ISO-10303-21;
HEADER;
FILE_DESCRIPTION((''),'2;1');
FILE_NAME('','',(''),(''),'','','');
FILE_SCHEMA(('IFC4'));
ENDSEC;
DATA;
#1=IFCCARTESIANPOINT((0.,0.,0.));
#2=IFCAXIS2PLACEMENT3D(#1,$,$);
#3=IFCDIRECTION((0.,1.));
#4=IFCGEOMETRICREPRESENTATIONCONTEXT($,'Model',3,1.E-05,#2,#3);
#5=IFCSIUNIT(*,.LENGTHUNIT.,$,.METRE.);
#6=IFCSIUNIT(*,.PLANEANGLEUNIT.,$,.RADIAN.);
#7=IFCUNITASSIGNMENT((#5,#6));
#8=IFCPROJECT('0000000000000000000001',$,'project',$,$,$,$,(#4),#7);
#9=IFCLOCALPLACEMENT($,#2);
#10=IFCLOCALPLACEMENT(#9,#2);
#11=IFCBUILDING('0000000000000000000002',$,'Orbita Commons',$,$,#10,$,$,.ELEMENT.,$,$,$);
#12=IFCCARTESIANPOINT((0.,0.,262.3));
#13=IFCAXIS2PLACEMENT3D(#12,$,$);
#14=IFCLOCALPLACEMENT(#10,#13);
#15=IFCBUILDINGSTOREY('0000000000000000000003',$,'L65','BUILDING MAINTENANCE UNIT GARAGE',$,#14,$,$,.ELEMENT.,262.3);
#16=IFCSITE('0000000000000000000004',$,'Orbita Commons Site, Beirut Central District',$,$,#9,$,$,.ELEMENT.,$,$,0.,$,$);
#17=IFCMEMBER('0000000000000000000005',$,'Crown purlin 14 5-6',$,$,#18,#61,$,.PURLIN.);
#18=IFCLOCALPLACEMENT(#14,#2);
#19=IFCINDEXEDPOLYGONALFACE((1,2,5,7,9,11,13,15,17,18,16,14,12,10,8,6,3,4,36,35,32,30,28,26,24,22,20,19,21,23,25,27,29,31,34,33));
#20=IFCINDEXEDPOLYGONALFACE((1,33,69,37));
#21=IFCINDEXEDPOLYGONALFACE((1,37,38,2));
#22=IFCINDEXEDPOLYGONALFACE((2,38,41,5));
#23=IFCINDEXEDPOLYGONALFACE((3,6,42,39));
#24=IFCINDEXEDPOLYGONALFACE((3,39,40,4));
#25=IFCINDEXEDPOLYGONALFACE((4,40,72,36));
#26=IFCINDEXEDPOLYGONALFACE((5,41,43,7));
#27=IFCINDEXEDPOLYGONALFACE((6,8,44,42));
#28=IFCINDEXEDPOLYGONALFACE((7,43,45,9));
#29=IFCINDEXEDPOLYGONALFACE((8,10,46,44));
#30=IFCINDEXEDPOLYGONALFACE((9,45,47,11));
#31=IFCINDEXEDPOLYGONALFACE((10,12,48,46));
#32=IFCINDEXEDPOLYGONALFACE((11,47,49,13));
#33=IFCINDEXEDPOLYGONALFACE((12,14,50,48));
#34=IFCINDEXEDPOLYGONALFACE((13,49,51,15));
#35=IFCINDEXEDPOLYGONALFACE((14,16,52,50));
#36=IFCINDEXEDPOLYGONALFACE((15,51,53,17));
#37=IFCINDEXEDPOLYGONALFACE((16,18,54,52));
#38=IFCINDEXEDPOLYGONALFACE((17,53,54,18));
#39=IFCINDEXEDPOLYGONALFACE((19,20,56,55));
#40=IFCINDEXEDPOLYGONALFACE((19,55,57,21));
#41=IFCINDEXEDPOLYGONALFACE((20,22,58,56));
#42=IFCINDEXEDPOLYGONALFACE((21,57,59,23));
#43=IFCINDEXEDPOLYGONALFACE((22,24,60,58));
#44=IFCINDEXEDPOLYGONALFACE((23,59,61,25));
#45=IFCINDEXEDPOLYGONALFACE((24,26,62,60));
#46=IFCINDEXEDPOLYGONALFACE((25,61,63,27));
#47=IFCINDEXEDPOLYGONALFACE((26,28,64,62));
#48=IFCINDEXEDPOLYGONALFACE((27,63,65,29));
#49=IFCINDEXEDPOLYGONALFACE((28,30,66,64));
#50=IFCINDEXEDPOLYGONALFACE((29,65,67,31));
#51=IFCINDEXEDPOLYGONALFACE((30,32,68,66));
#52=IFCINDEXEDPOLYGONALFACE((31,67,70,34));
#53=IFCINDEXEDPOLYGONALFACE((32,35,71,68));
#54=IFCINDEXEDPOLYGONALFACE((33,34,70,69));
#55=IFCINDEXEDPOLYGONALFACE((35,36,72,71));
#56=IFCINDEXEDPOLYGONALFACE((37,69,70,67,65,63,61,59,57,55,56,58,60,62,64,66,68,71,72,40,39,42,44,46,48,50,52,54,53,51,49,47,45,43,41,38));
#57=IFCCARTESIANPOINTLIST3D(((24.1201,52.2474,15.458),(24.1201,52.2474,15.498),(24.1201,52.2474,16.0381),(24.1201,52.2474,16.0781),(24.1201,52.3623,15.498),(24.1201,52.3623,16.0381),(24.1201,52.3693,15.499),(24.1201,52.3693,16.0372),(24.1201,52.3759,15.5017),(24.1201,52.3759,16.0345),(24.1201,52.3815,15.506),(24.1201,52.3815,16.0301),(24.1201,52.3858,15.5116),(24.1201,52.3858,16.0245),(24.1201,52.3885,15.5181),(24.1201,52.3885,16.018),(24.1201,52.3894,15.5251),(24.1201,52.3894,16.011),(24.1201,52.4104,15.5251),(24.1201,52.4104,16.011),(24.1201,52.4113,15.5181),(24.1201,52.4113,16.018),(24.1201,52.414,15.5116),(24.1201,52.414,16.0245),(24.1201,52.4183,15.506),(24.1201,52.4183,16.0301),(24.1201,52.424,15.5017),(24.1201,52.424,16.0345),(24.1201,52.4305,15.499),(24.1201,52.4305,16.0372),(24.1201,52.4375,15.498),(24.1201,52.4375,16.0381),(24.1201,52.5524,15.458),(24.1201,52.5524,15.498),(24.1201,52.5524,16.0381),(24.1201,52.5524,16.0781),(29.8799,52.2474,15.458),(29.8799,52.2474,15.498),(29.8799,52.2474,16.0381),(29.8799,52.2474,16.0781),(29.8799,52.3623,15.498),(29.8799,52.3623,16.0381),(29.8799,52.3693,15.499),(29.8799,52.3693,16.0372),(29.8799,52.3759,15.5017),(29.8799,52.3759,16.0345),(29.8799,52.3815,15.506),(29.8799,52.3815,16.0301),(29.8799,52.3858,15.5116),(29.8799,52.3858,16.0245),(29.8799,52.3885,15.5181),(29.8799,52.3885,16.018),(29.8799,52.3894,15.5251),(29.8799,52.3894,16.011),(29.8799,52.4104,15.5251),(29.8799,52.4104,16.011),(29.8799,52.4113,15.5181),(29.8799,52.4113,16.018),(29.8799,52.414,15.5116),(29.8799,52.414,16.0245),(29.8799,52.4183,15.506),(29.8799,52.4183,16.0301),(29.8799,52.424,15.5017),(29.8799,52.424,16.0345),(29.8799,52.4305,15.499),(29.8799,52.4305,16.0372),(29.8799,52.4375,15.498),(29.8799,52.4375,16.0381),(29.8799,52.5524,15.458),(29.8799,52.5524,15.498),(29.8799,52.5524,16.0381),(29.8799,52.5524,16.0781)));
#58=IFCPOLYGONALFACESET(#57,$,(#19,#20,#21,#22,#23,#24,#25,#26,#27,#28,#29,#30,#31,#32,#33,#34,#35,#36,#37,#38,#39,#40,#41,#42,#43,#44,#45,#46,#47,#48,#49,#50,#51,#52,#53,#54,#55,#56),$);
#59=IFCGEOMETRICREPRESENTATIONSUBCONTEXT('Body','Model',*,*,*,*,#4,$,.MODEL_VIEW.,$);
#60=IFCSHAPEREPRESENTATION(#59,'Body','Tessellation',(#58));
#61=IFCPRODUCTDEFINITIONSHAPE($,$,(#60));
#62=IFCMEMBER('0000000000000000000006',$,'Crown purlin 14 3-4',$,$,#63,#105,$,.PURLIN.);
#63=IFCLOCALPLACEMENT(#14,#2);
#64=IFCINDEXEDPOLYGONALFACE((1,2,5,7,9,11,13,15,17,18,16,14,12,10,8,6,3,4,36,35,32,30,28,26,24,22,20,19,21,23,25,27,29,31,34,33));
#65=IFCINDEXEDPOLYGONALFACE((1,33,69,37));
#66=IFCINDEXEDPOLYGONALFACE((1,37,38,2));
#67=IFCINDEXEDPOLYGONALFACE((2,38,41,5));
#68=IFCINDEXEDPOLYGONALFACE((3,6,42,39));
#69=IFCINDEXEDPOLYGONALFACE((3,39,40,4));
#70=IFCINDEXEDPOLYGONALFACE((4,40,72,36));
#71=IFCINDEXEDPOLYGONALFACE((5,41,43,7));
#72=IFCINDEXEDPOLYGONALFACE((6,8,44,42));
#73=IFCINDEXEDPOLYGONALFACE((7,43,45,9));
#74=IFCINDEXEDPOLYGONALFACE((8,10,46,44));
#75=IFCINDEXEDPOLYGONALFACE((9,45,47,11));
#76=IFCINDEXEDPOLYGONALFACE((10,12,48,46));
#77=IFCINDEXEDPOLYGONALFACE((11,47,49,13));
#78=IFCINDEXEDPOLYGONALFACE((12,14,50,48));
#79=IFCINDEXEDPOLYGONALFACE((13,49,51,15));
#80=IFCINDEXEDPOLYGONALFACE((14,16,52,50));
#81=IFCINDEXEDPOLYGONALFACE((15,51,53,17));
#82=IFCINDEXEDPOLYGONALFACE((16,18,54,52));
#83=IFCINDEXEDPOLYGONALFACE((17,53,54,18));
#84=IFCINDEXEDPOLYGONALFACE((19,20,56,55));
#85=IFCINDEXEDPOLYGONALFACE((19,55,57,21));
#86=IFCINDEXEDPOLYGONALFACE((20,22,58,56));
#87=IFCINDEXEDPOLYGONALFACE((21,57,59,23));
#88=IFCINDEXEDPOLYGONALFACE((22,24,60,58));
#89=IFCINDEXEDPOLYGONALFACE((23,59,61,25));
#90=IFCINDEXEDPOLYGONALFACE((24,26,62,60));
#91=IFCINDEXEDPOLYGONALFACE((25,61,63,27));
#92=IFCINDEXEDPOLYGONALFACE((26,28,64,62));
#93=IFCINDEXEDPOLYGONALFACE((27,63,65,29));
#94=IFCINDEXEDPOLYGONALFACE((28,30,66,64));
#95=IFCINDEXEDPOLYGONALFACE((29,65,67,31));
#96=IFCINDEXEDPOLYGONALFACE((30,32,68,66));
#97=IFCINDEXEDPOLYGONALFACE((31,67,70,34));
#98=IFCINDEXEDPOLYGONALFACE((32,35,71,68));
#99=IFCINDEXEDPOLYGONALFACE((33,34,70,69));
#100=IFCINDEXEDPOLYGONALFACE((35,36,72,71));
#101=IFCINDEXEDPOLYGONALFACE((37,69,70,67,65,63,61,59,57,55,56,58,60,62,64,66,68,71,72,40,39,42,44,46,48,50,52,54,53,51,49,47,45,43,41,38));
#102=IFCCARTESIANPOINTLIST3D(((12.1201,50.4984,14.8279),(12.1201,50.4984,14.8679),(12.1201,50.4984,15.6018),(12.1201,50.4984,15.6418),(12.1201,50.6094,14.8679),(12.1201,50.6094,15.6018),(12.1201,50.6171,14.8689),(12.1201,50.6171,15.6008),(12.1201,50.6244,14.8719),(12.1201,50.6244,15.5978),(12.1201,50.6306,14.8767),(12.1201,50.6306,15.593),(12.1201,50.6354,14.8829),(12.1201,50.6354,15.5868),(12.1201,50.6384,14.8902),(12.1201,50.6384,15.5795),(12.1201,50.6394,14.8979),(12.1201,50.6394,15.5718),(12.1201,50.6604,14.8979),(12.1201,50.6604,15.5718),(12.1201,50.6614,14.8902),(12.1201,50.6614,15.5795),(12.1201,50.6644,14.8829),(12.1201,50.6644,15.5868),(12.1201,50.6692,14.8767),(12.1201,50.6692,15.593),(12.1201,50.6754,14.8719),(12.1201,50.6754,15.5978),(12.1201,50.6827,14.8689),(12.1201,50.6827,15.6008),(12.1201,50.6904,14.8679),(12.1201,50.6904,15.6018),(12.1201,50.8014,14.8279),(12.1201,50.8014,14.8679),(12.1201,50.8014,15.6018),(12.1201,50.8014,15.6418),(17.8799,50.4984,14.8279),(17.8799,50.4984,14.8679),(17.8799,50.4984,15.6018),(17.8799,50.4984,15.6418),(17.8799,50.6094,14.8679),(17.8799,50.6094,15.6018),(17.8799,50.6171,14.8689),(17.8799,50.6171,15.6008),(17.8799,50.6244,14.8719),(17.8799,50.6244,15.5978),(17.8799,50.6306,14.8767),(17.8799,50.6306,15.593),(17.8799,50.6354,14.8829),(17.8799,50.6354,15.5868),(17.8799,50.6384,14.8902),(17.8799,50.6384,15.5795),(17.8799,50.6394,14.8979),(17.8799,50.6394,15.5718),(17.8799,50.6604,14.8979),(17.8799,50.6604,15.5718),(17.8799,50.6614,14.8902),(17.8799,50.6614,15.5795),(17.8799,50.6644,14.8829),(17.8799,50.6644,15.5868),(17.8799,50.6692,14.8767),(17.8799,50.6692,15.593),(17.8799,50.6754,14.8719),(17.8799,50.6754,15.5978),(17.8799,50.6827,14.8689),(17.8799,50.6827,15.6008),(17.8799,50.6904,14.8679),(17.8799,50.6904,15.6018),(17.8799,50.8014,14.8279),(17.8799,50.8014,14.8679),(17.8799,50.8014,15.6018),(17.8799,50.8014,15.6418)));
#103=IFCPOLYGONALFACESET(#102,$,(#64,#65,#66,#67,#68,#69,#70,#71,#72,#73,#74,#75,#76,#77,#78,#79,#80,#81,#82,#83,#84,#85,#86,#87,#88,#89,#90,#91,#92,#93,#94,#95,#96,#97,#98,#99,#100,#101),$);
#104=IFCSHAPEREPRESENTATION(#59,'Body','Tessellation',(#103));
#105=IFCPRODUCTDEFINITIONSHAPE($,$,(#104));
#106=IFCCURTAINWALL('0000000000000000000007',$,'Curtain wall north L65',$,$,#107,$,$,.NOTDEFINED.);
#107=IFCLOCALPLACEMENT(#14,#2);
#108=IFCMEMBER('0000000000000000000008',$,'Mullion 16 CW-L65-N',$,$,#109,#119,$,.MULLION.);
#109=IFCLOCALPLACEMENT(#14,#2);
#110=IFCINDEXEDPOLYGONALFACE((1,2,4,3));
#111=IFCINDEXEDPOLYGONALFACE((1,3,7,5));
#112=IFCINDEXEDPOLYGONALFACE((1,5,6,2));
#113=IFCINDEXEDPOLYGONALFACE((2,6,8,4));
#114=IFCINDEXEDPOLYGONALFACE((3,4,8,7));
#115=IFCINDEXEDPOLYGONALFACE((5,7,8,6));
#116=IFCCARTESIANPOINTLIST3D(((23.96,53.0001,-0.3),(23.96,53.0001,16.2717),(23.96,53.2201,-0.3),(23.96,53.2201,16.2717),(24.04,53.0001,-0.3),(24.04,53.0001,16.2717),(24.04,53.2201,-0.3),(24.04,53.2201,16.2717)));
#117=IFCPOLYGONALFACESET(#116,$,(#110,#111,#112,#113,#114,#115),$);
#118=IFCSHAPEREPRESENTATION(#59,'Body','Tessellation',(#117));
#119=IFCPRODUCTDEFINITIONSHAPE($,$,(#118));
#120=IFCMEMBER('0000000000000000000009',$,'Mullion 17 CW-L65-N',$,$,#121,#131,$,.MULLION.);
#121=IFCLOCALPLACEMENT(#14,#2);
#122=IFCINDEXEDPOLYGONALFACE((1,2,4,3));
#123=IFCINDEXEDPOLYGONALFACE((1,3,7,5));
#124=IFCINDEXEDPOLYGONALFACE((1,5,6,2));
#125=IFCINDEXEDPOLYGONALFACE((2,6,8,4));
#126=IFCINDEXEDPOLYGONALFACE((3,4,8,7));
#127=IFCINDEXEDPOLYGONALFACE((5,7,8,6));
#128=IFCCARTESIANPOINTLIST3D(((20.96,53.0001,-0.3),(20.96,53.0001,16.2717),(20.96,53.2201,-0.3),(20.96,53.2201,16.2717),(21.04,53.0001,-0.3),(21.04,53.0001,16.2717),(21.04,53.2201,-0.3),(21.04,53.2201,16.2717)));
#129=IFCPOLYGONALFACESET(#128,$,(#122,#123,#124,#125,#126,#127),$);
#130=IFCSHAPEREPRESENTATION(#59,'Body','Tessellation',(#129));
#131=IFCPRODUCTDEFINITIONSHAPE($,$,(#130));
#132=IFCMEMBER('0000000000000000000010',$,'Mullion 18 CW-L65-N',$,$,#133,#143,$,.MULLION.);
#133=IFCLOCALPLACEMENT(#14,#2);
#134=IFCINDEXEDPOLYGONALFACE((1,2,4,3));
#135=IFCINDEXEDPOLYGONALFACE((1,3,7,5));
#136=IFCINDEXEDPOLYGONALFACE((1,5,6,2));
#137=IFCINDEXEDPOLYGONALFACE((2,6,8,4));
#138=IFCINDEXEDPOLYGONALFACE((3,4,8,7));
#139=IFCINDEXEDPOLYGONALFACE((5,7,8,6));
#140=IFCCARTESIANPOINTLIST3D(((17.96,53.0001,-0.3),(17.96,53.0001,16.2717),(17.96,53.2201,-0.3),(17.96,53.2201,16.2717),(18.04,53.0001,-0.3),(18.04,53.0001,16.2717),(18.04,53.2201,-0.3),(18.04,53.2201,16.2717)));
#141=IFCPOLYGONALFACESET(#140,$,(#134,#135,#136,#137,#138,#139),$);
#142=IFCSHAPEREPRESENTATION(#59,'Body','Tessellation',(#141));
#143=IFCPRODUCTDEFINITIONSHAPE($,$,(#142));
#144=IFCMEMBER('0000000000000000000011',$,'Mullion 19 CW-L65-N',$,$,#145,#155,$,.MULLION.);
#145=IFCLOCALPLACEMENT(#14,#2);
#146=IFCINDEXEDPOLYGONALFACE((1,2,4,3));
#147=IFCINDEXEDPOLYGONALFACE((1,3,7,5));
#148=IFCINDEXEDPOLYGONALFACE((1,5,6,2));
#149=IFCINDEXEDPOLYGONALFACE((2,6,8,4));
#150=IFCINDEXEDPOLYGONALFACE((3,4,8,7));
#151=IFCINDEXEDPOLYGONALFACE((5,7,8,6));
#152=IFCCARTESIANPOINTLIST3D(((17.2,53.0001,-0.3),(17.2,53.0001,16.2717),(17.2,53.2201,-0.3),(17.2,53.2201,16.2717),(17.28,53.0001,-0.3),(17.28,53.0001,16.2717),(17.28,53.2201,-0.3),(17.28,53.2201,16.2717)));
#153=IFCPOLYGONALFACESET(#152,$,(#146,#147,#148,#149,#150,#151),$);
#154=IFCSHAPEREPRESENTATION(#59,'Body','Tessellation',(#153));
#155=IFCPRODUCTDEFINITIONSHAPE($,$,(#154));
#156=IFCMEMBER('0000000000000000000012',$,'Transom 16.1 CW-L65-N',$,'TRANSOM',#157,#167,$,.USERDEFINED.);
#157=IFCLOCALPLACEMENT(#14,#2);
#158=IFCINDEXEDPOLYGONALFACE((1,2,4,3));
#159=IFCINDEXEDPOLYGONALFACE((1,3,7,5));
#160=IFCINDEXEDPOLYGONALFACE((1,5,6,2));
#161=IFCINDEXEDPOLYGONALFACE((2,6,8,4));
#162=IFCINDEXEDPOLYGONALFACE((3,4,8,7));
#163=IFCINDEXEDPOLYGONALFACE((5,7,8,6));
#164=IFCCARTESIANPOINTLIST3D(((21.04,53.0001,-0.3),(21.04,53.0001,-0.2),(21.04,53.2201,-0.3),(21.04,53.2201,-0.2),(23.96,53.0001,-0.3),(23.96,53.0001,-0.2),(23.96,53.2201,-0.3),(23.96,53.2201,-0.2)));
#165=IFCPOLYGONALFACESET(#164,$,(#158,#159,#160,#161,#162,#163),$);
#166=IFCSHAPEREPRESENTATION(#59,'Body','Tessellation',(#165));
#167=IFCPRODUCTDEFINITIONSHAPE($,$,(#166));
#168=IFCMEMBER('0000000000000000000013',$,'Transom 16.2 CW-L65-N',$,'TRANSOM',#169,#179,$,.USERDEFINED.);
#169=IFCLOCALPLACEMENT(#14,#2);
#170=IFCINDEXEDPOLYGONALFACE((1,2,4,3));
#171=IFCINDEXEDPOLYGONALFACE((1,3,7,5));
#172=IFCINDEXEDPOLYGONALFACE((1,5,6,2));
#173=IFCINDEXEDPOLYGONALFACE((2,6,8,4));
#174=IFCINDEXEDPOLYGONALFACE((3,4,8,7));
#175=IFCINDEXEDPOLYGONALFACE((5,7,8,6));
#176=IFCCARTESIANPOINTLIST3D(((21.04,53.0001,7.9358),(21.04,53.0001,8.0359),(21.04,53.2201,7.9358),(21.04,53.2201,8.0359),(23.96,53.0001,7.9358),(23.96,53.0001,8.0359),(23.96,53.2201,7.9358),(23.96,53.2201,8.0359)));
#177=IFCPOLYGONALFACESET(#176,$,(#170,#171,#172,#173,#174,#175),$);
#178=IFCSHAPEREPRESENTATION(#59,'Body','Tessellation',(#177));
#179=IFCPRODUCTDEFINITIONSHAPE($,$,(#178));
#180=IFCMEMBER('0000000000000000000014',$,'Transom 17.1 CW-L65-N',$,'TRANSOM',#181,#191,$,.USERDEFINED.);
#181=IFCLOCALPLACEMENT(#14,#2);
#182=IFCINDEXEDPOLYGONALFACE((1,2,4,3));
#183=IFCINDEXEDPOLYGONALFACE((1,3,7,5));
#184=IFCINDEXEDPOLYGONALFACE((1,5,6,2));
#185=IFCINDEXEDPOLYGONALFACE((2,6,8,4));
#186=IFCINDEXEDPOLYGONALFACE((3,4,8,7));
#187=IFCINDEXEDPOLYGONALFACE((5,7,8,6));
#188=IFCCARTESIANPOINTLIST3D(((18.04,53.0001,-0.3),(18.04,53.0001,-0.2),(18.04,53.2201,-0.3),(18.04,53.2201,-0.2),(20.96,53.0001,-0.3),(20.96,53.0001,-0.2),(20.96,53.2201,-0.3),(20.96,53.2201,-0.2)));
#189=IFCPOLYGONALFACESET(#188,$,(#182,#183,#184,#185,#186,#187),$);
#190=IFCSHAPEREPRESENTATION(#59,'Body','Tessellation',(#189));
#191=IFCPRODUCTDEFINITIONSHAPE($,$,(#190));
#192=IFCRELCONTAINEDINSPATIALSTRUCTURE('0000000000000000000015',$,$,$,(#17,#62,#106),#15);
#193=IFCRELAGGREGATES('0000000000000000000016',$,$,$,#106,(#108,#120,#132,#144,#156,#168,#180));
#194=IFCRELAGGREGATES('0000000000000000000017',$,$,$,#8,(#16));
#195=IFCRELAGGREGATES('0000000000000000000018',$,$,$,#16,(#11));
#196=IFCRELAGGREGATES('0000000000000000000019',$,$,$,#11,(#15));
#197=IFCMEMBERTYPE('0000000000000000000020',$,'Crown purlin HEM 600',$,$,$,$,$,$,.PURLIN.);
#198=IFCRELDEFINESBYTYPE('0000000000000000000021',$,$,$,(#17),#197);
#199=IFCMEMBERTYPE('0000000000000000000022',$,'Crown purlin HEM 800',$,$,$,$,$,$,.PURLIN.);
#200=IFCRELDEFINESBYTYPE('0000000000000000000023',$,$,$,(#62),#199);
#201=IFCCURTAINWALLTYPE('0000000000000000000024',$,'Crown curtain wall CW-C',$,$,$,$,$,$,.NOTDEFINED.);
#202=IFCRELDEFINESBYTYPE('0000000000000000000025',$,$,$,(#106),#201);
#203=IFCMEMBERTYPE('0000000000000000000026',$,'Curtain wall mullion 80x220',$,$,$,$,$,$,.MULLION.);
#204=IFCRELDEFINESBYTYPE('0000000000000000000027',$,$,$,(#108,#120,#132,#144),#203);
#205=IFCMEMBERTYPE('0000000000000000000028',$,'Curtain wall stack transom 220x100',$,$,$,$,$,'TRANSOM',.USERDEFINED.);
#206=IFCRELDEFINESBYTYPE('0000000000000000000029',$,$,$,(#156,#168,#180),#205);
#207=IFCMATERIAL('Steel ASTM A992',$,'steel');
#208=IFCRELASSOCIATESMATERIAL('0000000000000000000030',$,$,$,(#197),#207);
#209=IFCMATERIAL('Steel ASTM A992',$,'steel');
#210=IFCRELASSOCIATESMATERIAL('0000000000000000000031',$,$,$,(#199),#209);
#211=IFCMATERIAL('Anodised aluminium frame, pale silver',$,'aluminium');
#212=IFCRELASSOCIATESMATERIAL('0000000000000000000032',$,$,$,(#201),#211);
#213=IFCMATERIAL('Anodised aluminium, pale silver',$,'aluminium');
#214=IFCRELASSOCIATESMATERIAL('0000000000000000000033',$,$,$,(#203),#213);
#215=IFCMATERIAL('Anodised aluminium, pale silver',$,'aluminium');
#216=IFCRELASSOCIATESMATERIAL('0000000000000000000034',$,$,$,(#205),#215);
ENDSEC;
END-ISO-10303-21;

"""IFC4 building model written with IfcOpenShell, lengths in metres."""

from ifc_helpers import new_model, si_unit, direction, frame, origin, origin_2d, place, context, subcontext, project, spatial, rectangle, i_section, extrude, material, material_profile, profile_set, type_object, element, aggregate, save


model = new_model("IFC4")

# Units and contexts
model_context = context("Model", 3, precision=1e-05, world=origin(), true_north=direction((0.0, 1.0)))
body_context = subcontext(model_context, "Body", "Model", "MODEL_VIEW")
ifc_project = project(units=[si_unit("LENGTHUNIT", "METRE"), si_unit("PLANEANGLEUNIT", "RADIAN")], contexts=[model_context])

# Site, building, storey
site_placement = place(None, origin())
site = spatial("IfcSite", under=ifc_project, at=site_placement, Name="Orbita Commons Site, Beirut Central District", CompositionType="ELEMENT", RefElevation=0.0)
building_placement = place(site_placement, origin())
building = spatial("IfcBuilding", under=site, at=building_placement, Name="Orbita Commons", CompositionType="ELEMENT")
storey_placement = place(building_placement, frame((0.0, 0.0, 262.3)))
storey = spatial("IfcBuildingStorey", under=building, at=storey_placement, Name="L65", Description="BUILDING MAINTENANCE UNIT GARAGE", CompositionType="ELEMENT", Elevation=262.3)

# Members
ifc_material_1 = material(Name="Steel ASTM A992", Category="steel")
ifc_material_profile_1 = material_profile(ifc_material_1, i_section(OverallWidth=0.3049, OverallDepth=0.6201, WebThickness=0.021, FlangeThickness=0.04, FilletRadius=0.0271, at=origin_2d()), Name="HEM 600")
ifc_profile_set_1 = profile_set([ifc_material_profile_1], Name="Steel ASTM A992")
member_type_1 = type_object("IfcMemberType", Name="Crown purlin HEM 600", PredefinedType="PURLIN", material=ifc_profile_set_1)
for number, where, z_axis, x_axis, name in (
    (1, (24.1201, 52.3999, 15.7681), (1.0, 0.0, 0.0), (0.0, 1.0, 0.0), "Crown purlin 14 5-6"),
):
    element("IfcMember", number, at=place(storey_placement, frame(where, z_axis=z_axis, x_axis=x_axis)), inside=storey, type_object=member_type_1, Name=name, PredefinedType="PURLIN", context=body_context, shape_type="SweptSolid", body=[
        extrude(i_section(OverallWidth=0.3049, OverallDepth=0.6201, WebThickness=0.021, FlangeThickness=0.04, FilletRadius=0.0271, at=origin_2d()), origin(), (0.0, 0.0, 1.0), 5.7598),
    ])
ifc_material_2 = material(Name="Steel ASTM A992", Category="steel")
ifc_material_profile_2 = material_profile(ifc_material_2, i_section(OverallWidth=0.303, OverallDepth=0.814, WebThickness=0.021, FlangeThickness=0.04, FilletRadius=0.03, at=origin_2d()), Name="HEM 800")
ifc_profile_set_2 = profile_set([ifc_material_profile_2], Name="Steel ASTM A992")
member_type_2 = type_object("IfcMemberType", Name="Crown purlin HEM 800", PredefinedType="PURLIN", material=ifc_profile_set_2)
member_1_placement = place(storey_placement, frame((12.1201, 50.6499, 15.2349), z_axis=(1.0, 0.0, 0.0), x_axis=(0.0, 1.0, 0.0)))
element("IfcMember", 2, at=member_1_placement, inside=storey, type_object=member_type_2, Name="Crown purlin 14 3-4", PredefinedType="PURLIN", context=body_context, shape_type="SweptSolid", body=[
    extrude(i_section(OverallWidth=0.303, OverallDepth=0.814, WebThickness=0.021, FlangeThickness=0.04, FilletRadius=0.03, at=origin_2d()), origin(), (0.0, 0.0, 1.0), 5.7598),
])

# Curtain wall, members
ifc_material_3 = material(Name="Anodised aluminium frame, pale silver", Category="aluminium")
curtain_wall_type = type_object("IfcCurtainWallType", Name="Crown curtain wall CW-C", PredefinedType="NOTDEFINED", material=ifc_material_3)
curtain_wall_placement = place(storey_placement, origin())
curtain_wall = element("IfcCurtainWall", 3, at=curtain_wall_placement, inside=storey, type_object=curtain_wall_type, Name="Curtain wall north L65", PredefinedType="NOTDEFINED")
ifc_material_4 = material(Name="Anodised aluminium, pale silver", Category="aluminium")
ifc_material_profile_3 = material_profile(ifc_material_4, rectangle(XDim=0.0801, YDim=0.22, at=origin_2d()), Name="AL 80x220")
ifc_profile_set_3 = profile_set([ifc_material_profile_3], Name="Anodised aluminium, pale silver")
member_type_3 = type_object("IfcMemberType", Name="Curtain wall mullion 80x220", PredefinedType="MULLION", material=ifc_profile_set_3)
member_2_placement = place(storey_placement, frame((24.0, 53.1101, -0.3), z_axis=(0.0, 0.0, 1.0), x_axis=(-1.0, 0.0, 0.0)))
member_2 = element("IfcMember", 4, at=member_2_placement, type_object=member_type_3, Name="Mullion 16 CW-L65-N", PredefinedType="MULLION", context=body_context, shape_type="SweptSolid", body=[
    extrude(rectangle(XDim=0.0801, YDim=0.22, at=origin_2d()), origin(), (0.0, 0.0, 1.0), 16.5718),
])
member_3_placement = place(storey_placement, frame((21.0, 53.1101, -0.3), z_axis=(0.0, 0.0, 1.0), x_axis=(-1.0, 0.0, 0.0)))
member_3 = element("IfcMember", 5, at=member_3_placement, type_object=member_type_3, Name="Mullion 17 CW-L65-N", PredefinedType="MULLION", context=body_context, shape_type="SweptSolid", body=[
    extrude(rectangle(XDim=0.0801, YDim=0.22, at=origin_2d()), origin(), (0.0, 0.0, 1.0), 16.5718),
])
member_4_placement = place(storey_placement, frame((18.0, 53.1101, -0.3), z_axis=(0.0, 0.0, 1.0), x_axis=(-1.0, 0.0, 0.0)))
member_4 = element("IfcMember", 6, at=member_4_placement, type_object=member_type_3, Name="Mullion 18 CW-L65-N", PredefinedType="MULLION", context=body_context, shape_type="SweptSolid", body=[
    extrude(rectangle(XDim=0.0801, YDim=0.22, at=origin_2d()), origin(), (0.0, 0.0, 1.0), 16.5718),
])
member_5_placement = place(storey_placement, frame((17.24, 53.1101, -0.3), z_axis=(0.0, 0.0, 1.0), x_axis=(-1.0, 0.0, 0.0)))
member_5 = element("IfcMember", 7, at=member_5_placement, type_object=member_type_3, Name="Mullion 19 CW-L65-N", PredefinedType="MULLION", context=body_context, shape_type="SweptSolid", body=[
    extrude(rectangle(XDim=0.0801, YDim=0.22, at=origin_2d()), origin(), (0.0, 0.0, 1.0), 16.5718),
])
ifc_material_5 = material(Name="Anodised aluminium, pale silver", Category="aluminium")
ifc_material_profile_4 = material_profile(ifc_material_5, rectangle(XDim=0.22, YDim=0.1001, at=origin_2d()), Name="AL 220x100")
ifc_profile_set_4 = profile_set([ifc_material_profile_4], Name="Anodised aluminium, pale silver")
member_type_4 = type_object("IfcMemberType", Name="Curtain wall stack transom 220x100", ElementType="TRANSOM", PredefinedType="USERDEFINED", material=ifc_profile_set_4)
member_6_placement = place(storey_placement, frame((23.96, 53.1101, -0.25), z_axis=(-1.0, 0.0, 0.0), x_axis=(0.0, -1.0, 0.0)))
member_6 = element("IfcMember", 8, at=member_6_placement, type_object=member_type_4, Name="Transom 16.1 CW-L65-N", ObjectType="TRANSOM", PredefinedType="USERDEFINED", context=body_context, shape_type="SweptSolid", body=[
    extrude(rectangle(XDim=0.22, YDim=0.1001, at=origin_2d()), origin(), (0.0, 0.0, 1.0), 2.9199),
])
member_7_placement = place(storey_placement, frame((23.96, 53.1101, 7.9858), z_axis=(-1.0, 0.0, 0.0), x_axis=(0.0, -1.0, 0.0)))
member_7 = element("IfcMember", 9, at=member_7_placement, type_object=member_type_4, Name="Transom 16.2 CW-L65-N", ObjectType="TRANSOM", PredefinedType="USERDEFINED", context=body_context, shape_type="SweptSolid", body=[
    extrude(rectangle(XDim=0.22, YDim=0.1001, at=origin_2d()), origin(), (0.0, 0.0, 1.0), 2.9199),
])
member_8_placement = place(storey_placement, frame((20.96, 53.1101, -0.25), z_axis=(-1.0, 0.0, 0.0), x_axis=(0.0, -1.0, 0.0)))
member_8 = element("IfcMember", 10, at=member_8_placement, type_object=member_type_4, Name="Transom 17.1 CW-L65-N", ObjectType="TRANSOM", PredefinedType="USERDEFINED", context=body_context, shape_type="SweptSolid", body=[
    extrude(rectangle(XDim=0.22, YDim=0.1001, at=origin_2d()), origin(), (0.0, 0.0, 1.0), 2.9199),
])
aggregate(curtain_wall, [member_2, member_3, member_4, member_5, member_6, member_7, member_8])

save(model, "model.ifc")
